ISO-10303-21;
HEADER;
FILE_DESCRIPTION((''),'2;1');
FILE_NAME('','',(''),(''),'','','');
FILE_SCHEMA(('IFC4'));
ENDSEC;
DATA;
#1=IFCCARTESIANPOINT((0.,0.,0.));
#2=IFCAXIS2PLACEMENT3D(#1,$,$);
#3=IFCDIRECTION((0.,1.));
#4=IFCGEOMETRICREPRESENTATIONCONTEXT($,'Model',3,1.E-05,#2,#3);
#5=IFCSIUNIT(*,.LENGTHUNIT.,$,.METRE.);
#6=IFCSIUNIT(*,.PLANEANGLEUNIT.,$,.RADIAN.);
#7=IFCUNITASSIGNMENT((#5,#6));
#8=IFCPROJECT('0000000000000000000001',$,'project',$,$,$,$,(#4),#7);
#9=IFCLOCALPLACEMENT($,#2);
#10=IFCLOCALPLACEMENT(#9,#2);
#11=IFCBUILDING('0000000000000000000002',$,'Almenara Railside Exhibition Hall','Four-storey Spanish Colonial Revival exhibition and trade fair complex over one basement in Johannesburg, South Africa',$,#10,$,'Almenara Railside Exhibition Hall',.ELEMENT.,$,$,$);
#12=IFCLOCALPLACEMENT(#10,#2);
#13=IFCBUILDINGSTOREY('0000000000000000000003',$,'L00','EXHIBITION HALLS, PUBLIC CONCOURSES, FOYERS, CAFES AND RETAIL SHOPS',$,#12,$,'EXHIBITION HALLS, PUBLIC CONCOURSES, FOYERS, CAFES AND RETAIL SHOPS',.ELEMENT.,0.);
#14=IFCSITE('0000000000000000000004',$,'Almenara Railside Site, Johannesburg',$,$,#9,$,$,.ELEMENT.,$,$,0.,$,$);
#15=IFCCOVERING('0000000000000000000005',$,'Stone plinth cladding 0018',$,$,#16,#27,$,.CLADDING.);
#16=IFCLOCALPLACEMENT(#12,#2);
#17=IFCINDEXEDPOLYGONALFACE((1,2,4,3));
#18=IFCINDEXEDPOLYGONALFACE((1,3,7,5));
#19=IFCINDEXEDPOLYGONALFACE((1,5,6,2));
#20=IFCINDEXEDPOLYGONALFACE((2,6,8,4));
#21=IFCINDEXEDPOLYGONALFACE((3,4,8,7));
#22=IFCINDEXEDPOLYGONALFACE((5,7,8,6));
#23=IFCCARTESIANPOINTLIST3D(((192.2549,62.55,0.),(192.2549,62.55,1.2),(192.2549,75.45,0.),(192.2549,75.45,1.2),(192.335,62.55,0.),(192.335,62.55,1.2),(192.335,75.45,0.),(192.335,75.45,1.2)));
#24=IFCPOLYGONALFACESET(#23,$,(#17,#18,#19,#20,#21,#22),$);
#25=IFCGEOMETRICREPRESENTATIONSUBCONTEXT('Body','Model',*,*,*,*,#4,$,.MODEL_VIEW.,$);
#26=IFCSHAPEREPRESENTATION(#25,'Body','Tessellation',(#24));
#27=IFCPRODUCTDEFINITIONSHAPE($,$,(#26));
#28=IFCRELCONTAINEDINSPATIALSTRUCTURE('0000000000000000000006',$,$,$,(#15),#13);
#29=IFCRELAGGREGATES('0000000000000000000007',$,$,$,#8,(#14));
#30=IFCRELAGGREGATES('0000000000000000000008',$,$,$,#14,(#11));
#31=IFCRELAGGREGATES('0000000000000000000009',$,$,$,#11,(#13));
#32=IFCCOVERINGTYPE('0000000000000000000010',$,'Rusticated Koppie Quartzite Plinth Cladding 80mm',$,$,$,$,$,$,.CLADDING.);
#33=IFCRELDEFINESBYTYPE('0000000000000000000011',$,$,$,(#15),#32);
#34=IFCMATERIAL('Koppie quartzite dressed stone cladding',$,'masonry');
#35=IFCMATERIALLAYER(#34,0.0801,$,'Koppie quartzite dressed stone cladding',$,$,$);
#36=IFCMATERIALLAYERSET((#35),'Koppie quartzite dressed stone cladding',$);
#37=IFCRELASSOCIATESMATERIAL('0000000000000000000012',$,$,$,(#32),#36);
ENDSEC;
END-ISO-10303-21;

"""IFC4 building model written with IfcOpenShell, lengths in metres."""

from ifc_helpers import new_model, si_unit, direction, frame, origin, origin_2d, place, context, subcontext, project, spatial, rectangle, extrude, material, layer, layer_set, type_object, element, save


model = new_model("IFC4")

# Units and contexts
model_context = context("Model", 3, precision=1e-05, world=origin(), true_north=direction((0.0, 1.0)))
body_context = subcontext(model_context, "Body", "Model", "MODEL_VIEW")
ifc_project = project(units=[si_unit("LENGTHUNIT", "METRE"), si_unit("PLANEANGLEUNIT", "RADIAN")], contexts=[model_context])

# Site, building, storey
site_placement = place(None, origin())
site = spatial("IfcSite", under=ifc_project, at=site_placement, Name="Almenara Railside Site, Johannesburg", CompositionType="ELEMENT", RefElevation=0.0)
building_placement = place(site_placement, origin())
building = spatial("IfcBuilding", under=site, at=building_placement, Name="Almenara Railside Exhibition Hall", Description="Four-storey Spanish Colonial Revival exhibition and trade fair complex over one basement in Johannesburg, South Africa", LongName="Almenara Railside Exhibition Hall", CompositionType="ELEMENT")
storey_placement = place(building_placement, origin())
storey = spatial("IfcBuildingStorey", under=building, at=storey_placement, Name="L00", Description="EXHIBITION HALLS, PUBLIC CONCOURSES, FOYERS, CAFES AND RETAIL SHOPS", LongName="EXHIBITION HALLS, PUBLIC CONCOURSES, FOYERS, CAFES AND RETAIL SHOPS", CompositionType="ELEMENT", Elevation=0.0)

# Covering
ifc_material_1 = material(Name="Koppie quartzite dressed stone cladding", Category="masonry")
ifc_layer_1 = layer(ifc_material_1, 0.0801, Name="Koppie quartzite dressed stone cladding")
ifc_layer_set_1 = layer_set([ifc_layer_1], Name="Koppie quartzite dressed stone cladding")
covering_type = type_object("IfcCoveringType", Name="Rusticated Koppie Quartzite Plinth Cladding 80mm", PredefinedType="CLADDING", material=ifc_layer_set_1)
for number, where, z_axis, x_axis, name in (
    (1, (192.2949, 69.0, 0.0), (0.0, 0.0, 1.0), (0.0, 1.0, 0.0), "Stone plinth cladding 0018"),
):
    element("IfcCovering", number, at=place(storey_placement, frame(where, z_axis=z_axis, x_axis=x_axis)), inside=storey, type_object=covering_type, Name=name, PredefinedType="CLADDING", context=body_context, shape_type="SweptSolid", body=[
        extrude(rectangle(XDim=12.8999, YDim=0.0801, at=origin_2d()), origin(), (0.0, 0.0, 1.0), 1.2),
    ])

save(model, "model.ifc")
